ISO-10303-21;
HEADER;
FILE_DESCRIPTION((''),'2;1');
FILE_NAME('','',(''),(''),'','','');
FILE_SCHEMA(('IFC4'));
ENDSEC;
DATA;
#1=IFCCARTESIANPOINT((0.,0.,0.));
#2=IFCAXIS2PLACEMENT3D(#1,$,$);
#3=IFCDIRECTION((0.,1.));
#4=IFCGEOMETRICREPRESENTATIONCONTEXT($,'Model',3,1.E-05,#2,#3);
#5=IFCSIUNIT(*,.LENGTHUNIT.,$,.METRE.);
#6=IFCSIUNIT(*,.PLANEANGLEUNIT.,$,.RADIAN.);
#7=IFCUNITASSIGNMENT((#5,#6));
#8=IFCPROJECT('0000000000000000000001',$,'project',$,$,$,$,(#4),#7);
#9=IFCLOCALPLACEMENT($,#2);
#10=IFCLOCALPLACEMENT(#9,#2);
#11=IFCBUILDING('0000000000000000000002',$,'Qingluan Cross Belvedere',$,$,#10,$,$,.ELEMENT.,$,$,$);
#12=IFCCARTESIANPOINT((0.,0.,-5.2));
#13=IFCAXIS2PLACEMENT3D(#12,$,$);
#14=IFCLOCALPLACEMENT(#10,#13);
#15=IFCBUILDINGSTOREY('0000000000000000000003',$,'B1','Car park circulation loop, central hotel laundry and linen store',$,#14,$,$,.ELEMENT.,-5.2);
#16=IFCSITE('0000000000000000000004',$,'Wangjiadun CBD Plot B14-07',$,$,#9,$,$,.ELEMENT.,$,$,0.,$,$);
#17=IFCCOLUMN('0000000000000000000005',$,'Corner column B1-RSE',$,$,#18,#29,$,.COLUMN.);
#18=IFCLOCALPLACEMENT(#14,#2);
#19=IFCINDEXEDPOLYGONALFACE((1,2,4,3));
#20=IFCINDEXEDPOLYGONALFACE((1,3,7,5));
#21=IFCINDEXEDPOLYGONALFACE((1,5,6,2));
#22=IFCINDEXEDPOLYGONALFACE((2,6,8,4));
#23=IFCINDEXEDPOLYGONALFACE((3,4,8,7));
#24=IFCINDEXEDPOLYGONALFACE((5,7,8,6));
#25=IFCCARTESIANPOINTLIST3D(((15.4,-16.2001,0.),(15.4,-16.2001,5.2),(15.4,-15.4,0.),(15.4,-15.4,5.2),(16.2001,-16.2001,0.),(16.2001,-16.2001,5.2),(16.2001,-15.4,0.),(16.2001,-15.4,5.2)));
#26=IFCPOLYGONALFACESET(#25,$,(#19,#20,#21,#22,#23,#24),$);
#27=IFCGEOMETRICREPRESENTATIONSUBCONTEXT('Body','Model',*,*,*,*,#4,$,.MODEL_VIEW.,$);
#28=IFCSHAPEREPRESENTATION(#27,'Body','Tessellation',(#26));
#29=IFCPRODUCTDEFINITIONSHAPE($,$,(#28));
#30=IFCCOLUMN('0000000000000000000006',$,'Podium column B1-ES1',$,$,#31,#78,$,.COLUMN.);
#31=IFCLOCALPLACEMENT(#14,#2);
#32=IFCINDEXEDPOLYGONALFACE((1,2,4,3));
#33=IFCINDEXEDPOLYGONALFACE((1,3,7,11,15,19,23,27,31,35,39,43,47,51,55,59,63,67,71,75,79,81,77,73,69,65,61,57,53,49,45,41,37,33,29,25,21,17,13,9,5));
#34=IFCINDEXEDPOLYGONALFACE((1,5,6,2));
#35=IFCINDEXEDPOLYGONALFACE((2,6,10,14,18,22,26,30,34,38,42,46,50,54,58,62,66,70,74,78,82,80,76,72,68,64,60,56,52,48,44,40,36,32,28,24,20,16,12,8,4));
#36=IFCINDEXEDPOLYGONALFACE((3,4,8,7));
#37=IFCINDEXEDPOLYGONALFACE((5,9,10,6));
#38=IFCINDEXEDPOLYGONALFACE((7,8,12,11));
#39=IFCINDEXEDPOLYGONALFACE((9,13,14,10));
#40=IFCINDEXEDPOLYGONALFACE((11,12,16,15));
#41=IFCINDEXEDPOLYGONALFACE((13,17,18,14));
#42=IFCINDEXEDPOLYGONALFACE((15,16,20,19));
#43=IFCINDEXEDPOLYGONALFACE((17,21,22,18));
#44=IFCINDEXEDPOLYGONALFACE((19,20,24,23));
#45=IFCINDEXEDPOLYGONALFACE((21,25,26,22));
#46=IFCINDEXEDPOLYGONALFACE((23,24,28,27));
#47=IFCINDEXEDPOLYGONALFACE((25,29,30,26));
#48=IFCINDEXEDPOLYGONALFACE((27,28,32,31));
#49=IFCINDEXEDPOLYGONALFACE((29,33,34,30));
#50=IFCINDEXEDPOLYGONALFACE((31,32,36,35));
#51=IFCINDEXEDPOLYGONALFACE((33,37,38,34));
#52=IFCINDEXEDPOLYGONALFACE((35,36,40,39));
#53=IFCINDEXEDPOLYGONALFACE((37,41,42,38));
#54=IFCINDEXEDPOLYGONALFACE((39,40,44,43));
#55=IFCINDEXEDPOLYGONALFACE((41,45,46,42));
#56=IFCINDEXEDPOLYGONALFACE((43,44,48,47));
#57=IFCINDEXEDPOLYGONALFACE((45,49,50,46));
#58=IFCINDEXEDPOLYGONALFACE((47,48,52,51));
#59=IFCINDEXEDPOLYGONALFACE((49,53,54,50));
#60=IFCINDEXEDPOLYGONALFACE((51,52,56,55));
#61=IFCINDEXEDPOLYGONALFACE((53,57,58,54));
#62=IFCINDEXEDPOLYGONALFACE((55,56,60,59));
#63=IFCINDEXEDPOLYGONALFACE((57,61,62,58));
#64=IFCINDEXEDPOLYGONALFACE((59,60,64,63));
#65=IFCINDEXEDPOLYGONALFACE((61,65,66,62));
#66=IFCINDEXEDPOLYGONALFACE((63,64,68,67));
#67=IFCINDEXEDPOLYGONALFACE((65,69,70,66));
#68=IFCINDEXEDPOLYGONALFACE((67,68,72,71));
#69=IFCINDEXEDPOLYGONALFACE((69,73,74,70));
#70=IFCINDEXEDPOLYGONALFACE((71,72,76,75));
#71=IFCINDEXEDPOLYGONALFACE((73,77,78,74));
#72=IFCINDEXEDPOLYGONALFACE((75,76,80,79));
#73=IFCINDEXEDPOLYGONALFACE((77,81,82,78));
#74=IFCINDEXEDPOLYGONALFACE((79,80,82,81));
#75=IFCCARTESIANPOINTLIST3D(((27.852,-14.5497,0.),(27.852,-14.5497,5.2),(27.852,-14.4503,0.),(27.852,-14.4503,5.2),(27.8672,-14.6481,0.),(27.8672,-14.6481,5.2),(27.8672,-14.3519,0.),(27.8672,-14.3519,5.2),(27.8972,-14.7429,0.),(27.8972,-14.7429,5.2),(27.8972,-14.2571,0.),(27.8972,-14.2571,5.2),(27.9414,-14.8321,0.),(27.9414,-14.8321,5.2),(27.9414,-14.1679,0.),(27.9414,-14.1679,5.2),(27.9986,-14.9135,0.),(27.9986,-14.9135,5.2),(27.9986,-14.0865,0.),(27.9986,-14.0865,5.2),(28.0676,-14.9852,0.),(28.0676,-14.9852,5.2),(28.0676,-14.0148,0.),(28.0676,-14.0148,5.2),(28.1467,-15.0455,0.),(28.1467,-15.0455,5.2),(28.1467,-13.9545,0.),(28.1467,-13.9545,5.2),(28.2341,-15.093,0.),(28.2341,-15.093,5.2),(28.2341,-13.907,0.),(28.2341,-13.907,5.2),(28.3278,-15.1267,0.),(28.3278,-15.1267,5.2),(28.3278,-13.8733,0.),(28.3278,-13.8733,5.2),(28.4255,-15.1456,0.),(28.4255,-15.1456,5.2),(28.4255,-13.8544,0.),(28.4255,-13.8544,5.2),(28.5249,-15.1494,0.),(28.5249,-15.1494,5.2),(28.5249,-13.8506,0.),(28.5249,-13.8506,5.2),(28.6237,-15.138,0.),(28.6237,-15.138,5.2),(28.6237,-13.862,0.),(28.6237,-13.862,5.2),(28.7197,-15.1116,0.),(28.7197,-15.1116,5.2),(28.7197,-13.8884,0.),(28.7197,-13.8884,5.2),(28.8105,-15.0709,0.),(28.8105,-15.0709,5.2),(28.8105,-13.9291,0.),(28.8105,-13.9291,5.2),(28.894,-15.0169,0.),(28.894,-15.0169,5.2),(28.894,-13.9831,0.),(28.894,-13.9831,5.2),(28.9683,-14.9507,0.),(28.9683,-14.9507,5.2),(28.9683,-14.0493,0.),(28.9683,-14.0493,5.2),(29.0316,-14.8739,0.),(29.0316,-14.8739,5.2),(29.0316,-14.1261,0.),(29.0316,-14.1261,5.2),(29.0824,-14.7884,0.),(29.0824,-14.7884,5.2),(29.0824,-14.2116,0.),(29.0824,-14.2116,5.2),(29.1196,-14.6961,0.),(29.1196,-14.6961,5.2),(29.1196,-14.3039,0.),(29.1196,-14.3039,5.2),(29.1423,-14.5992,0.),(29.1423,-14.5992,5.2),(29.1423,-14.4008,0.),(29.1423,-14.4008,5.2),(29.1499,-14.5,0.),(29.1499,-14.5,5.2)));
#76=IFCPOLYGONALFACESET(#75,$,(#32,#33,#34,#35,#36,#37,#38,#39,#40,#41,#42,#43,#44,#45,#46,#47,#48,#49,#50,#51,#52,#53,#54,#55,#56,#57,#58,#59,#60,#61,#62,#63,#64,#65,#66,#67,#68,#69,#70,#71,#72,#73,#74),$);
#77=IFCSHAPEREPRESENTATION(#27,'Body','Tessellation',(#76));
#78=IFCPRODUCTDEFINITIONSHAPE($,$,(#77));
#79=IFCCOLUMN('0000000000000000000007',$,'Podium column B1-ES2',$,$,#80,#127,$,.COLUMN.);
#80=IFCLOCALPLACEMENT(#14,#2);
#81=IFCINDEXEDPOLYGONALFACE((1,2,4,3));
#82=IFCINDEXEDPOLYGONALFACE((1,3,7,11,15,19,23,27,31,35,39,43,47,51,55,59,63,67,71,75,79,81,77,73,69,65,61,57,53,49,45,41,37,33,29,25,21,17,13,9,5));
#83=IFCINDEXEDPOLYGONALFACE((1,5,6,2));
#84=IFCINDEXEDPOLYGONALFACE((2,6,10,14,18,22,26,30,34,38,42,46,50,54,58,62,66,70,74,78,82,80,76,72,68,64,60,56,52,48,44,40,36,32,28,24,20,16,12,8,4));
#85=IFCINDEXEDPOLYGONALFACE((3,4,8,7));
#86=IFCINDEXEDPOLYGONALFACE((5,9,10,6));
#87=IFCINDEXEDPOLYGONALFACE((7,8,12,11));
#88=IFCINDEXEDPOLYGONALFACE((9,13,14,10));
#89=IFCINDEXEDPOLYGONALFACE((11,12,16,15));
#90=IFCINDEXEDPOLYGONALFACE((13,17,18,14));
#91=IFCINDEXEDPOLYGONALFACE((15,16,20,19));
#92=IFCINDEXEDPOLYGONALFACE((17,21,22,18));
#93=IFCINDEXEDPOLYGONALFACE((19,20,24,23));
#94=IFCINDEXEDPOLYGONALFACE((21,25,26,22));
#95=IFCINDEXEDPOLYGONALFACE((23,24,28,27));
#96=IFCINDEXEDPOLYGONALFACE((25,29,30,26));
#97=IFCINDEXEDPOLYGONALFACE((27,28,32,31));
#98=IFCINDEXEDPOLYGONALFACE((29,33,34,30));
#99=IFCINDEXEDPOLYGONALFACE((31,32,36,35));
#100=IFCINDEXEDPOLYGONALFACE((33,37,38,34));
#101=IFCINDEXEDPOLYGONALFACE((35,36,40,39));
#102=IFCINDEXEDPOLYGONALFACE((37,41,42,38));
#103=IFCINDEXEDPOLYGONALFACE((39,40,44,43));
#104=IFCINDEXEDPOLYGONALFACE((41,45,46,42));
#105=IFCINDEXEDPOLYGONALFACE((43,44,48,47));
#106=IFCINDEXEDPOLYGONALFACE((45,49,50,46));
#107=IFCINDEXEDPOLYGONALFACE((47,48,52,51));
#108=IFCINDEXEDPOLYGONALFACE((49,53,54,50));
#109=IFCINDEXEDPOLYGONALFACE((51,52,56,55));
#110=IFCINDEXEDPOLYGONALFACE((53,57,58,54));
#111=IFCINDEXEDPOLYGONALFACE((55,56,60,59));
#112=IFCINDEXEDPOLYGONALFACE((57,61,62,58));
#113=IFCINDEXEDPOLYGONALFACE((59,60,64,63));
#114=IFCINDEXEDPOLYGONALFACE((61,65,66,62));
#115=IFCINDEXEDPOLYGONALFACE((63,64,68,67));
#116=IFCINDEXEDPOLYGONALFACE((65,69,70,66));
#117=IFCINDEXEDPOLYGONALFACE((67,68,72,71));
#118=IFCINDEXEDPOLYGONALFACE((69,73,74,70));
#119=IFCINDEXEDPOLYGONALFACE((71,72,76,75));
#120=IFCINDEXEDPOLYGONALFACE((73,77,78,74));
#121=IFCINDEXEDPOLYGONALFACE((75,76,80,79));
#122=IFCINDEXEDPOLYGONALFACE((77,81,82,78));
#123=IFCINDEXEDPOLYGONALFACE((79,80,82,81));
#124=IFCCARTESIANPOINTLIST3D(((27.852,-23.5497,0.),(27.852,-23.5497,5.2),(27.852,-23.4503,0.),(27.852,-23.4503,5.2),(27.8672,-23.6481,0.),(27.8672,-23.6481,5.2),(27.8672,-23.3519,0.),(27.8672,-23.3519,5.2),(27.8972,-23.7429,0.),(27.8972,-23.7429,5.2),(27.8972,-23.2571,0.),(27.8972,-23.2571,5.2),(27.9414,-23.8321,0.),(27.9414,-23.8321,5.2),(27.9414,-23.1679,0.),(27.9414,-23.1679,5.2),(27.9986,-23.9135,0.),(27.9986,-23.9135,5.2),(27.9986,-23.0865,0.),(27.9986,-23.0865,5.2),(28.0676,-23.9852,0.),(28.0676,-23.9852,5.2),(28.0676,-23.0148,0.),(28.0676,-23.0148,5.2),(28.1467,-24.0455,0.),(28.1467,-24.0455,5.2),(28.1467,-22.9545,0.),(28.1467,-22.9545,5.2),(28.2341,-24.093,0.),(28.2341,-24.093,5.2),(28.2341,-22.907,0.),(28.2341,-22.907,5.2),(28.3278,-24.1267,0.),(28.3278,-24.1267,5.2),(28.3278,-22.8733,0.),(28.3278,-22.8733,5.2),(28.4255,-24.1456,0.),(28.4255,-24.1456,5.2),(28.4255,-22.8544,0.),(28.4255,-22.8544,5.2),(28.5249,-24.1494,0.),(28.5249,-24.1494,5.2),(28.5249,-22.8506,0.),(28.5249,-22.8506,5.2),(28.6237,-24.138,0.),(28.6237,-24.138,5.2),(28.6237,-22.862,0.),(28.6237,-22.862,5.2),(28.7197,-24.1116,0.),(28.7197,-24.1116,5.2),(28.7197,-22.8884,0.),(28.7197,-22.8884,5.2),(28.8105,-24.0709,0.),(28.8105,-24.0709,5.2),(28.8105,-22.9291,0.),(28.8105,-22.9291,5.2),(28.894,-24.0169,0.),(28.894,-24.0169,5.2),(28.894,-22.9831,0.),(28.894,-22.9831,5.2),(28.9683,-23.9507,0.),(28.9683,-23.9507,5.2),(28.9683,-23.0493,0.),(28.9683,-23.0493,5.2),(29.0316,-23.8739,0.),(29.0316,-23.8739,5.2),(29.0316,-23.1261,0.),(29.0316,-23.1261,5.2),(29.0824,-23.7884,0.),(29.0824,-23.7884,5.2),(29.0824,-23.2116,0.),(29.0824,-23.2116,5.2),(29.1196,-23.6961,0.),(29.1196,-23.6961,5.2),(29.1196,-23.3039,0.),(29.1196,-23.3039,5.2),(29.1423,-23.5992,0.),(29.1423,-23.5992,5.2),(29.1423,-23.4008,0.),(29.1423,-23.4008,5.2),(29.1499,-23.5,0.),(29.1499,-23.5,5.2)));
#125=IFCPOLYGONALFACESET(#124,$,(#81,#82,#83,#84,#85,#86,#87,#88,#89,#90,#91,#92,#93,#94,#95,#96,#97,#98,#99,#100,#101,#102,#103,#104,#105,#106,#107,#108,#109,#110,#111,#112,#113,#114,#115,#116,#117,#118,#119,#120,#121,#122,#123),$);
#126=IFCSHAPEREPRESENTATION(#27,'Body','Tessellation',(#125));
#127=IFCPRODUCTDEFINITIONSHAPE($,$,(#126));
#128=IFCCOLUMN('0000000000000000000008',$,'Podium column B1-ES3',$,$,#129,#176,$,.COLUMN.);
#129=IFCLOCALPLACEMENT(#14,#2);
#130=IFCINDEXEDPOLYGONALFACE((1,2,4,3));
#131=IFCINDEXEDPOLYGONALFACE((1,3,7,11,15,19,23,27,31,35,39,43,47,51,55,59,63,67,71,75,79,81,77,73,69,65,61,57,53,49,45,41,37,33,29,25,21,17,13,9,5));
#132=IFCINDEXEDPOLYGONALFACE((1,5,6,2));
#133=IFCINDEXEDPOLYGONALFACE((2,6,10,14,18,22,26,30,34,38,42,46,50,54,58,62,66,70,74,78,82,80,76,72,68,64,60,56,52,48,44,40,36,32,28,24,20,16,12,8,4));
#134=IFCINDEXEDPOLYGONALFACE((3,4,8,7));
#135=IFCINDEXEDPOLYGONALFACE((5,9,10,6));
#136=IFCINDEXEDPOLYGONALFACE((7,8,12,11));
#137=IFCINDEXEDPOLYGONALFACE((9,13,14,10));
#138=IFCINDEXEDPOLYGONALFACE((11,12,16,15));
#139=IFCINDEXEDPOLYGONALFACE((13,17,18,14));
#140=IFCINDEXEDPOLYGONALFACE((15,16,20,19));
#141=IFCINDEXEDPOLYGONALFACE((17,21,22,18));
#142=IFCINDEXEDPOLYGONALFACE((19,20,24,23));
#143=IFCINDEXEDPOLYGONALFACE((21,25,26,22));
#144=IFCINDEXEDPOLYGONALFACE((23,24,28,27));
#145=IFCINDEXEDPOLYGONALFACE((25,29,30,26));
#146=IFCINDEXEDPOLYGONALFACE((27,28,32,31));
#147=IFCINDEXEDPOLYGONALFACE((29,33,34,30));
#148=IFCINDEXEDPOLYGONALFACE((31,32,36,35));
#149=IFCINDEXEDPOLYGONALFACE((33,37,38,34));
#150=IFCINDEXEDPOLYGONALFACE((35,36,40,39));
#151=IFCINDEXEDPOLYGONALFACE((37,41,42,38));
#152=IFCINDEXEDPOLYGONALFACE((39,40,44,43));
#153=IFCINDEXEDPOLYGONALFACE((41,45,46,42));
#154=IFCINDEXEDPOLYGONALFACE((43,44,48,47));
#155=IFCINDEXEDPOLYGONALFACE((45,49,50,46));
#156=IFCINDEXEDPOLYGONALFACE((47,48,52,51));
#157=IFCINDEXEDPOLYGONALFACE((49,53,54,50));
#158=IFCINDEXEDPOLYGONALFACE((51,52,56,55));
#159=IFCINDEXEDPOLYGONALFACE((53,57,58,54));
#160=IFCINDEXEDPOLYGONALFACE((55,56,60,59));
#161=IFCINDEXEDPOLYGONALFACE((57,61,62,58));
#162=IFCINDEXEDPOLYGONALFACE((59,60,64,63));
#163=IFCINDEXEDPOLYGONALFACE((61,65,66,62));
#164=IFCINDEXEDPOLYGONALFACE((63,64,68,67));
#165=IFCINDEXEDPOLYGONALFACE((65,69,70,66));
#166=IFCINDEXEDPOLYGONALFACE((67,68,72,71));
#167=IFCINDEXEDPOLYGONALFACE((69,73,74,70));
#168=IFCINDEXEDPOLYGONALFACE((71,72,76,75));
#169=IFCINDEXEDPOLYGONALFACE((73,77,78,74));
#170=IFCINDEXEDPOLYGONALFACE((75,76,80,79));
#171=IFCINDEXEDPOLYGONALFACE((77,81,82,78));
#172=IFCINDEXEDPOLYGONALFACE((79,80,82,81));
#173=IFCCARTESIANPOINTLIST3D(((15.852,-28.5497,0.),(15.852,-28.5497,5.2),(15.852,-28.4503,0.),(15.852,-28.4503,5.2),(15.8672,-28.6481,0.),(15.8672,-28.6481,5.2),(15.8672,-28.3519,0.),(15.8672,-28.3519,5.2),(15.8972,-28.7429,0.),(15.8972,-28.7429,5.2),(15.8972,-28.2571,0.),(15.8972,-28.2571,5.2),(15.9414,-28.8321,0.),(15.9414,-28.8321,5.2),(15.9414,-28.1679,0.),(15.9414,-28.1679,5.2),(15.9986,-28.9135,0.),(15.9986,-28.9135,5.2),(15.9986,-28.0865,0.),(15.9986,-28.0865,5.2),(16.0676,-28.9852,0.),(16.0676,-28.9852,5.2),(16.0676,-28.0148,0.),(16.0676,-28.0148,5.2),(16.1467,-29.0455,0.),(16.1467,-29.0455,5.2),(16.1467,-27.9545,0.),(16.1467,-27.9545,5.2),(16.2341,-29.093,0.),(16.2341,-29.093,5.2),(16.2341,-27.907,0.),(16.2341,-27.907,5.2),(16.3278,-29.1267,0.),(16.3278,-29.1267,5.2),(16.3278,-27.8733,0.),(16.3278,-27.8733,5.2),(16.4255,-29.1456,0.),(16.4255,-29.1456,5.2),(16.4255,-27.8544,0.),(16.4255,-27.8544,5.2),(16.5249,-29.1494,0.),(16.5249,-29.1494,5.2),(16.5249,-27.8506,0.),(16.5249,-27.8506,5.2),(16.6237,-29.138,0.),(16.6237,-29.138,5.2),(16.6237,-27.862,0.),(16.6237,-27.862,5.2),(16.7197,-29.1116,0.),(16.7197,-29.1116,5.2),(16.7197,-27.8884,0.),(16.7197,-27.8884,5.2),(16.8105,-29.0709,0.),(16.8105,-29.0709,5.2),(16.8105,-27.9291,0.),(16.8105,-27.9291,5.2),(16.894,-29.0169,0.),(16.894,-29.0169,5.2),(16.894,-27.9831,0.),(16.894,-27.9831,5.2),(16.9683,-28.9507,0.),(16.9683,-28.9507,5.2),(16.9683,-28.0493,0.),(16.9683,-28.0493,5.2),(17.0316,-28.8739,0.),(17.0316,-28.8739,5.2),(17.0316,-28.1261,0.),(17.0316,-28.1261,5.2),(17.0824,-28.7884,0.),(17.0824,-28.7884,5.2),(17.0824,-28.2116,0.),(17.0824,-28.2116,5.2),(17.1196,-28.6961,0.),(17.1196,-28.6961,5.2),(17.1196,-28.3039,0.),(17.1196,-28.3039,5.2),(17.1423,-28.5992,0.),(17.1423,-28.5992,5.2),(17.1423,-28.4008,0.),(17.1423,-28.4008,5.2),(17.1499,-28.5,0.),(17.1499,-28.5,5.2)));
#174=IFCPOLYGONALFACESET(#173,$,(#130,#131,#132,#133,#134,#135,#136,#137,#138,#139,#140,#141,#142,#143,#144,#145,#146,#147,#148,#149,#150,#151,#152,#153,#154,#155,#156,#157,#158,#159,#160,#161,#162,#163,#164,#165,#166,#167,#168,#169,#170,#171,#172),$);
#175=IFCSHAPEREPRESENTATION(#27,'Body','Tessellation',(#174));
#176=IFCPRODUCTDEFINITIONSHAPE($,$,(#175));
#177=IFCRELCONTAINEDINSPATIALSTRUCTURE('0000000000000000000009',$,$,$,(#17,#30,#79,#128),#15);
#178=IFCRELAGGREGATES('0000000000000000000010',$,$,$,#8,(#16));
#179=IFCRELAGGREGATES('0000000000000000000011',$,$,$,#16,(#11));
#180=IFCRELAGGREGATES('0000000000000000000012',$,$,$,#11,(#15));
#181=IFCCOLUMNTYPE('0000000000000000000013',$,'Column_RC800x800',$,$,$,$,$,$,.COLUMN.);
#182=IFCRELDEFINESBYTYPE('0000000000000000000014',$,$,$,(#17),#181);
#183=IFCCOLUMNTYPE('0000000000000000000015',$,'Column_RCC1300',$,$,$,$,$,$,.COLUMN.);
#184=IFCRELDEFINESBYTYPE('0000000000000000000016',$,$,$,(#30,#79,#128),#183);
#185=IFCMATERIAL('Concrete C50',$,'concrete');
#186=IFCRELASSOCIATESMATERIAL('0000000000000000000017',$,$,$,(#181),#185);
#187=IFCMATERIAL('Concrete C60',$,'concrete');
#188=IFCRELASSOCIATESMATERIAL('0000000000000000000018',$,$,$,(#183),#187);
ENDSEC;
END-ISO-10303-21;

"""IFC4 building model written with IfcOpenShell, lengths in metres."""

from ifc_helpers import new_model, si_unit, direction, frame, origin, origin_2d, place, context, subcontext, project, spatial, rectangle, circle, extrude, material, material_profile, profile_set, type_object, element, save


model = new_model("IFC4")

# Units and contexts
model_context = context("Model", 3, precision=1e-05, world=origin(), true_north=direction((0.0, 1.0)))
body_context = subcontext(model_context, "Body", "Model", "MODEL_VIEW")
ifc_project = project(units=[si_unit("LENGTHUNIT", "METRE"), si_unit("PLANEANGLEUNIT", "RADIAN")], contexts=[model_context])

# Site, building, storey
site_placement = place(None, origin())
site = spatial("IfcSite", under=ifc_project, at=site_placement, Name="Wangjiadun CBD Plot B14-07", CompositionType="ELEMENT", RefElevation=0.0)
building_placement = place(site_placement, origin())
building = spatial("IfcBuilding", under=site, at=building_placement, Name="Qingluan Cross Belvedere", CompositionType="ELEMENT")
storey_placement = place(building_placement, frame((0.0, 0.0, -5.2)))
storey = spatial("IfcBuildingStorey", under=building, at=storey_placement, Name="B1", Description="Car park circulation loop, central hotel laundry and linen store", CompositionType="ELEMENT", Elevation=-5.2)

# Columns
ifc_material_1 = material(Name="Concrete C50", Category="concrete")
ifc_material_profile_1 = material_profile(ifc_material_1, rectangle(XDim=0.8, YDim=0.8, at=origin_2d()), Name="RC800x800")
ifc_profile_set_1 = profile_set([ifc_material_profile_1], Name="Concrete C50")
column_type_1 = type_object("IfcColumnType", Name="Column_RC800x800", PredefinedType="COLUMN", material=ifc_profile_set_1)
column_1_placement = place(storey_placement, frame((15.8, -15.8, 0.0), z_axis=(0.0, 0.0, 1.0), x_axis=(1.0, 0.0, 0.0)))
element("IfcColumn", 1, at=column_1_placement, inside=storey, type_object=column_type_1, Name="Corner column B1-RSE", PredefinedType="COLUMN", context=body_context, shape_type="SweptSolid", body=[
    extrude(rectangle(XDim=0.8, YDim=0.8, at=origin_2d()), origin(), (0.0, 0.0, 1.0), 5.2),
])
ifc_material_2 = material(Name="Concrete C60", Category="concrete")
ifc_material_profile_2 = material_profile(ifc_material_2, circle(Radius=0.6499, at=origin_2d()), Name="RCC1300")
ifc_profile_set_2 = profile_set([ifc_material_profile_2], Name="Concrete C60")
column_type_2 = type_object("IfcColumnType", Name="Column_RCC1300", PredefinedType="COLUMN", material=ifc_profile_set_2)
for number, where, z_axis, x_axis, name in (
    (2, (28.5, -14.5, 0.0), (0.0, 0.0, 1.0), (1.0, 0.0, 0.0), "Podium column B1-ES1"),
    (3, (28.5, -23.5, 0.0), (0.0, 0.0, 1.0), (1.0, 0.0, 0.0), "Podium column B1-ES2"),
    (4, (16.5, -28.5, 0.0), (0.0, 0.0, 1.0), (1.0, 0.0, 0.0), "Podium column B1-ES3"),
):
    element("IfcColumn", number, at=place(storey_placement, frame(where, z_axis=z_axis, x_axis=x_axis)), inside=storey, type_object=column_type_2, Name=name, PredefinedType="COLUMN", context=body_context, shape_type="SweptSolid", body=[
        extrude(circle(Radius=0.6499, at=origin_2d()), origin(), (0.0, 0.0, 1.0), 5.2),
    ])

save(model, "model.ifc")
